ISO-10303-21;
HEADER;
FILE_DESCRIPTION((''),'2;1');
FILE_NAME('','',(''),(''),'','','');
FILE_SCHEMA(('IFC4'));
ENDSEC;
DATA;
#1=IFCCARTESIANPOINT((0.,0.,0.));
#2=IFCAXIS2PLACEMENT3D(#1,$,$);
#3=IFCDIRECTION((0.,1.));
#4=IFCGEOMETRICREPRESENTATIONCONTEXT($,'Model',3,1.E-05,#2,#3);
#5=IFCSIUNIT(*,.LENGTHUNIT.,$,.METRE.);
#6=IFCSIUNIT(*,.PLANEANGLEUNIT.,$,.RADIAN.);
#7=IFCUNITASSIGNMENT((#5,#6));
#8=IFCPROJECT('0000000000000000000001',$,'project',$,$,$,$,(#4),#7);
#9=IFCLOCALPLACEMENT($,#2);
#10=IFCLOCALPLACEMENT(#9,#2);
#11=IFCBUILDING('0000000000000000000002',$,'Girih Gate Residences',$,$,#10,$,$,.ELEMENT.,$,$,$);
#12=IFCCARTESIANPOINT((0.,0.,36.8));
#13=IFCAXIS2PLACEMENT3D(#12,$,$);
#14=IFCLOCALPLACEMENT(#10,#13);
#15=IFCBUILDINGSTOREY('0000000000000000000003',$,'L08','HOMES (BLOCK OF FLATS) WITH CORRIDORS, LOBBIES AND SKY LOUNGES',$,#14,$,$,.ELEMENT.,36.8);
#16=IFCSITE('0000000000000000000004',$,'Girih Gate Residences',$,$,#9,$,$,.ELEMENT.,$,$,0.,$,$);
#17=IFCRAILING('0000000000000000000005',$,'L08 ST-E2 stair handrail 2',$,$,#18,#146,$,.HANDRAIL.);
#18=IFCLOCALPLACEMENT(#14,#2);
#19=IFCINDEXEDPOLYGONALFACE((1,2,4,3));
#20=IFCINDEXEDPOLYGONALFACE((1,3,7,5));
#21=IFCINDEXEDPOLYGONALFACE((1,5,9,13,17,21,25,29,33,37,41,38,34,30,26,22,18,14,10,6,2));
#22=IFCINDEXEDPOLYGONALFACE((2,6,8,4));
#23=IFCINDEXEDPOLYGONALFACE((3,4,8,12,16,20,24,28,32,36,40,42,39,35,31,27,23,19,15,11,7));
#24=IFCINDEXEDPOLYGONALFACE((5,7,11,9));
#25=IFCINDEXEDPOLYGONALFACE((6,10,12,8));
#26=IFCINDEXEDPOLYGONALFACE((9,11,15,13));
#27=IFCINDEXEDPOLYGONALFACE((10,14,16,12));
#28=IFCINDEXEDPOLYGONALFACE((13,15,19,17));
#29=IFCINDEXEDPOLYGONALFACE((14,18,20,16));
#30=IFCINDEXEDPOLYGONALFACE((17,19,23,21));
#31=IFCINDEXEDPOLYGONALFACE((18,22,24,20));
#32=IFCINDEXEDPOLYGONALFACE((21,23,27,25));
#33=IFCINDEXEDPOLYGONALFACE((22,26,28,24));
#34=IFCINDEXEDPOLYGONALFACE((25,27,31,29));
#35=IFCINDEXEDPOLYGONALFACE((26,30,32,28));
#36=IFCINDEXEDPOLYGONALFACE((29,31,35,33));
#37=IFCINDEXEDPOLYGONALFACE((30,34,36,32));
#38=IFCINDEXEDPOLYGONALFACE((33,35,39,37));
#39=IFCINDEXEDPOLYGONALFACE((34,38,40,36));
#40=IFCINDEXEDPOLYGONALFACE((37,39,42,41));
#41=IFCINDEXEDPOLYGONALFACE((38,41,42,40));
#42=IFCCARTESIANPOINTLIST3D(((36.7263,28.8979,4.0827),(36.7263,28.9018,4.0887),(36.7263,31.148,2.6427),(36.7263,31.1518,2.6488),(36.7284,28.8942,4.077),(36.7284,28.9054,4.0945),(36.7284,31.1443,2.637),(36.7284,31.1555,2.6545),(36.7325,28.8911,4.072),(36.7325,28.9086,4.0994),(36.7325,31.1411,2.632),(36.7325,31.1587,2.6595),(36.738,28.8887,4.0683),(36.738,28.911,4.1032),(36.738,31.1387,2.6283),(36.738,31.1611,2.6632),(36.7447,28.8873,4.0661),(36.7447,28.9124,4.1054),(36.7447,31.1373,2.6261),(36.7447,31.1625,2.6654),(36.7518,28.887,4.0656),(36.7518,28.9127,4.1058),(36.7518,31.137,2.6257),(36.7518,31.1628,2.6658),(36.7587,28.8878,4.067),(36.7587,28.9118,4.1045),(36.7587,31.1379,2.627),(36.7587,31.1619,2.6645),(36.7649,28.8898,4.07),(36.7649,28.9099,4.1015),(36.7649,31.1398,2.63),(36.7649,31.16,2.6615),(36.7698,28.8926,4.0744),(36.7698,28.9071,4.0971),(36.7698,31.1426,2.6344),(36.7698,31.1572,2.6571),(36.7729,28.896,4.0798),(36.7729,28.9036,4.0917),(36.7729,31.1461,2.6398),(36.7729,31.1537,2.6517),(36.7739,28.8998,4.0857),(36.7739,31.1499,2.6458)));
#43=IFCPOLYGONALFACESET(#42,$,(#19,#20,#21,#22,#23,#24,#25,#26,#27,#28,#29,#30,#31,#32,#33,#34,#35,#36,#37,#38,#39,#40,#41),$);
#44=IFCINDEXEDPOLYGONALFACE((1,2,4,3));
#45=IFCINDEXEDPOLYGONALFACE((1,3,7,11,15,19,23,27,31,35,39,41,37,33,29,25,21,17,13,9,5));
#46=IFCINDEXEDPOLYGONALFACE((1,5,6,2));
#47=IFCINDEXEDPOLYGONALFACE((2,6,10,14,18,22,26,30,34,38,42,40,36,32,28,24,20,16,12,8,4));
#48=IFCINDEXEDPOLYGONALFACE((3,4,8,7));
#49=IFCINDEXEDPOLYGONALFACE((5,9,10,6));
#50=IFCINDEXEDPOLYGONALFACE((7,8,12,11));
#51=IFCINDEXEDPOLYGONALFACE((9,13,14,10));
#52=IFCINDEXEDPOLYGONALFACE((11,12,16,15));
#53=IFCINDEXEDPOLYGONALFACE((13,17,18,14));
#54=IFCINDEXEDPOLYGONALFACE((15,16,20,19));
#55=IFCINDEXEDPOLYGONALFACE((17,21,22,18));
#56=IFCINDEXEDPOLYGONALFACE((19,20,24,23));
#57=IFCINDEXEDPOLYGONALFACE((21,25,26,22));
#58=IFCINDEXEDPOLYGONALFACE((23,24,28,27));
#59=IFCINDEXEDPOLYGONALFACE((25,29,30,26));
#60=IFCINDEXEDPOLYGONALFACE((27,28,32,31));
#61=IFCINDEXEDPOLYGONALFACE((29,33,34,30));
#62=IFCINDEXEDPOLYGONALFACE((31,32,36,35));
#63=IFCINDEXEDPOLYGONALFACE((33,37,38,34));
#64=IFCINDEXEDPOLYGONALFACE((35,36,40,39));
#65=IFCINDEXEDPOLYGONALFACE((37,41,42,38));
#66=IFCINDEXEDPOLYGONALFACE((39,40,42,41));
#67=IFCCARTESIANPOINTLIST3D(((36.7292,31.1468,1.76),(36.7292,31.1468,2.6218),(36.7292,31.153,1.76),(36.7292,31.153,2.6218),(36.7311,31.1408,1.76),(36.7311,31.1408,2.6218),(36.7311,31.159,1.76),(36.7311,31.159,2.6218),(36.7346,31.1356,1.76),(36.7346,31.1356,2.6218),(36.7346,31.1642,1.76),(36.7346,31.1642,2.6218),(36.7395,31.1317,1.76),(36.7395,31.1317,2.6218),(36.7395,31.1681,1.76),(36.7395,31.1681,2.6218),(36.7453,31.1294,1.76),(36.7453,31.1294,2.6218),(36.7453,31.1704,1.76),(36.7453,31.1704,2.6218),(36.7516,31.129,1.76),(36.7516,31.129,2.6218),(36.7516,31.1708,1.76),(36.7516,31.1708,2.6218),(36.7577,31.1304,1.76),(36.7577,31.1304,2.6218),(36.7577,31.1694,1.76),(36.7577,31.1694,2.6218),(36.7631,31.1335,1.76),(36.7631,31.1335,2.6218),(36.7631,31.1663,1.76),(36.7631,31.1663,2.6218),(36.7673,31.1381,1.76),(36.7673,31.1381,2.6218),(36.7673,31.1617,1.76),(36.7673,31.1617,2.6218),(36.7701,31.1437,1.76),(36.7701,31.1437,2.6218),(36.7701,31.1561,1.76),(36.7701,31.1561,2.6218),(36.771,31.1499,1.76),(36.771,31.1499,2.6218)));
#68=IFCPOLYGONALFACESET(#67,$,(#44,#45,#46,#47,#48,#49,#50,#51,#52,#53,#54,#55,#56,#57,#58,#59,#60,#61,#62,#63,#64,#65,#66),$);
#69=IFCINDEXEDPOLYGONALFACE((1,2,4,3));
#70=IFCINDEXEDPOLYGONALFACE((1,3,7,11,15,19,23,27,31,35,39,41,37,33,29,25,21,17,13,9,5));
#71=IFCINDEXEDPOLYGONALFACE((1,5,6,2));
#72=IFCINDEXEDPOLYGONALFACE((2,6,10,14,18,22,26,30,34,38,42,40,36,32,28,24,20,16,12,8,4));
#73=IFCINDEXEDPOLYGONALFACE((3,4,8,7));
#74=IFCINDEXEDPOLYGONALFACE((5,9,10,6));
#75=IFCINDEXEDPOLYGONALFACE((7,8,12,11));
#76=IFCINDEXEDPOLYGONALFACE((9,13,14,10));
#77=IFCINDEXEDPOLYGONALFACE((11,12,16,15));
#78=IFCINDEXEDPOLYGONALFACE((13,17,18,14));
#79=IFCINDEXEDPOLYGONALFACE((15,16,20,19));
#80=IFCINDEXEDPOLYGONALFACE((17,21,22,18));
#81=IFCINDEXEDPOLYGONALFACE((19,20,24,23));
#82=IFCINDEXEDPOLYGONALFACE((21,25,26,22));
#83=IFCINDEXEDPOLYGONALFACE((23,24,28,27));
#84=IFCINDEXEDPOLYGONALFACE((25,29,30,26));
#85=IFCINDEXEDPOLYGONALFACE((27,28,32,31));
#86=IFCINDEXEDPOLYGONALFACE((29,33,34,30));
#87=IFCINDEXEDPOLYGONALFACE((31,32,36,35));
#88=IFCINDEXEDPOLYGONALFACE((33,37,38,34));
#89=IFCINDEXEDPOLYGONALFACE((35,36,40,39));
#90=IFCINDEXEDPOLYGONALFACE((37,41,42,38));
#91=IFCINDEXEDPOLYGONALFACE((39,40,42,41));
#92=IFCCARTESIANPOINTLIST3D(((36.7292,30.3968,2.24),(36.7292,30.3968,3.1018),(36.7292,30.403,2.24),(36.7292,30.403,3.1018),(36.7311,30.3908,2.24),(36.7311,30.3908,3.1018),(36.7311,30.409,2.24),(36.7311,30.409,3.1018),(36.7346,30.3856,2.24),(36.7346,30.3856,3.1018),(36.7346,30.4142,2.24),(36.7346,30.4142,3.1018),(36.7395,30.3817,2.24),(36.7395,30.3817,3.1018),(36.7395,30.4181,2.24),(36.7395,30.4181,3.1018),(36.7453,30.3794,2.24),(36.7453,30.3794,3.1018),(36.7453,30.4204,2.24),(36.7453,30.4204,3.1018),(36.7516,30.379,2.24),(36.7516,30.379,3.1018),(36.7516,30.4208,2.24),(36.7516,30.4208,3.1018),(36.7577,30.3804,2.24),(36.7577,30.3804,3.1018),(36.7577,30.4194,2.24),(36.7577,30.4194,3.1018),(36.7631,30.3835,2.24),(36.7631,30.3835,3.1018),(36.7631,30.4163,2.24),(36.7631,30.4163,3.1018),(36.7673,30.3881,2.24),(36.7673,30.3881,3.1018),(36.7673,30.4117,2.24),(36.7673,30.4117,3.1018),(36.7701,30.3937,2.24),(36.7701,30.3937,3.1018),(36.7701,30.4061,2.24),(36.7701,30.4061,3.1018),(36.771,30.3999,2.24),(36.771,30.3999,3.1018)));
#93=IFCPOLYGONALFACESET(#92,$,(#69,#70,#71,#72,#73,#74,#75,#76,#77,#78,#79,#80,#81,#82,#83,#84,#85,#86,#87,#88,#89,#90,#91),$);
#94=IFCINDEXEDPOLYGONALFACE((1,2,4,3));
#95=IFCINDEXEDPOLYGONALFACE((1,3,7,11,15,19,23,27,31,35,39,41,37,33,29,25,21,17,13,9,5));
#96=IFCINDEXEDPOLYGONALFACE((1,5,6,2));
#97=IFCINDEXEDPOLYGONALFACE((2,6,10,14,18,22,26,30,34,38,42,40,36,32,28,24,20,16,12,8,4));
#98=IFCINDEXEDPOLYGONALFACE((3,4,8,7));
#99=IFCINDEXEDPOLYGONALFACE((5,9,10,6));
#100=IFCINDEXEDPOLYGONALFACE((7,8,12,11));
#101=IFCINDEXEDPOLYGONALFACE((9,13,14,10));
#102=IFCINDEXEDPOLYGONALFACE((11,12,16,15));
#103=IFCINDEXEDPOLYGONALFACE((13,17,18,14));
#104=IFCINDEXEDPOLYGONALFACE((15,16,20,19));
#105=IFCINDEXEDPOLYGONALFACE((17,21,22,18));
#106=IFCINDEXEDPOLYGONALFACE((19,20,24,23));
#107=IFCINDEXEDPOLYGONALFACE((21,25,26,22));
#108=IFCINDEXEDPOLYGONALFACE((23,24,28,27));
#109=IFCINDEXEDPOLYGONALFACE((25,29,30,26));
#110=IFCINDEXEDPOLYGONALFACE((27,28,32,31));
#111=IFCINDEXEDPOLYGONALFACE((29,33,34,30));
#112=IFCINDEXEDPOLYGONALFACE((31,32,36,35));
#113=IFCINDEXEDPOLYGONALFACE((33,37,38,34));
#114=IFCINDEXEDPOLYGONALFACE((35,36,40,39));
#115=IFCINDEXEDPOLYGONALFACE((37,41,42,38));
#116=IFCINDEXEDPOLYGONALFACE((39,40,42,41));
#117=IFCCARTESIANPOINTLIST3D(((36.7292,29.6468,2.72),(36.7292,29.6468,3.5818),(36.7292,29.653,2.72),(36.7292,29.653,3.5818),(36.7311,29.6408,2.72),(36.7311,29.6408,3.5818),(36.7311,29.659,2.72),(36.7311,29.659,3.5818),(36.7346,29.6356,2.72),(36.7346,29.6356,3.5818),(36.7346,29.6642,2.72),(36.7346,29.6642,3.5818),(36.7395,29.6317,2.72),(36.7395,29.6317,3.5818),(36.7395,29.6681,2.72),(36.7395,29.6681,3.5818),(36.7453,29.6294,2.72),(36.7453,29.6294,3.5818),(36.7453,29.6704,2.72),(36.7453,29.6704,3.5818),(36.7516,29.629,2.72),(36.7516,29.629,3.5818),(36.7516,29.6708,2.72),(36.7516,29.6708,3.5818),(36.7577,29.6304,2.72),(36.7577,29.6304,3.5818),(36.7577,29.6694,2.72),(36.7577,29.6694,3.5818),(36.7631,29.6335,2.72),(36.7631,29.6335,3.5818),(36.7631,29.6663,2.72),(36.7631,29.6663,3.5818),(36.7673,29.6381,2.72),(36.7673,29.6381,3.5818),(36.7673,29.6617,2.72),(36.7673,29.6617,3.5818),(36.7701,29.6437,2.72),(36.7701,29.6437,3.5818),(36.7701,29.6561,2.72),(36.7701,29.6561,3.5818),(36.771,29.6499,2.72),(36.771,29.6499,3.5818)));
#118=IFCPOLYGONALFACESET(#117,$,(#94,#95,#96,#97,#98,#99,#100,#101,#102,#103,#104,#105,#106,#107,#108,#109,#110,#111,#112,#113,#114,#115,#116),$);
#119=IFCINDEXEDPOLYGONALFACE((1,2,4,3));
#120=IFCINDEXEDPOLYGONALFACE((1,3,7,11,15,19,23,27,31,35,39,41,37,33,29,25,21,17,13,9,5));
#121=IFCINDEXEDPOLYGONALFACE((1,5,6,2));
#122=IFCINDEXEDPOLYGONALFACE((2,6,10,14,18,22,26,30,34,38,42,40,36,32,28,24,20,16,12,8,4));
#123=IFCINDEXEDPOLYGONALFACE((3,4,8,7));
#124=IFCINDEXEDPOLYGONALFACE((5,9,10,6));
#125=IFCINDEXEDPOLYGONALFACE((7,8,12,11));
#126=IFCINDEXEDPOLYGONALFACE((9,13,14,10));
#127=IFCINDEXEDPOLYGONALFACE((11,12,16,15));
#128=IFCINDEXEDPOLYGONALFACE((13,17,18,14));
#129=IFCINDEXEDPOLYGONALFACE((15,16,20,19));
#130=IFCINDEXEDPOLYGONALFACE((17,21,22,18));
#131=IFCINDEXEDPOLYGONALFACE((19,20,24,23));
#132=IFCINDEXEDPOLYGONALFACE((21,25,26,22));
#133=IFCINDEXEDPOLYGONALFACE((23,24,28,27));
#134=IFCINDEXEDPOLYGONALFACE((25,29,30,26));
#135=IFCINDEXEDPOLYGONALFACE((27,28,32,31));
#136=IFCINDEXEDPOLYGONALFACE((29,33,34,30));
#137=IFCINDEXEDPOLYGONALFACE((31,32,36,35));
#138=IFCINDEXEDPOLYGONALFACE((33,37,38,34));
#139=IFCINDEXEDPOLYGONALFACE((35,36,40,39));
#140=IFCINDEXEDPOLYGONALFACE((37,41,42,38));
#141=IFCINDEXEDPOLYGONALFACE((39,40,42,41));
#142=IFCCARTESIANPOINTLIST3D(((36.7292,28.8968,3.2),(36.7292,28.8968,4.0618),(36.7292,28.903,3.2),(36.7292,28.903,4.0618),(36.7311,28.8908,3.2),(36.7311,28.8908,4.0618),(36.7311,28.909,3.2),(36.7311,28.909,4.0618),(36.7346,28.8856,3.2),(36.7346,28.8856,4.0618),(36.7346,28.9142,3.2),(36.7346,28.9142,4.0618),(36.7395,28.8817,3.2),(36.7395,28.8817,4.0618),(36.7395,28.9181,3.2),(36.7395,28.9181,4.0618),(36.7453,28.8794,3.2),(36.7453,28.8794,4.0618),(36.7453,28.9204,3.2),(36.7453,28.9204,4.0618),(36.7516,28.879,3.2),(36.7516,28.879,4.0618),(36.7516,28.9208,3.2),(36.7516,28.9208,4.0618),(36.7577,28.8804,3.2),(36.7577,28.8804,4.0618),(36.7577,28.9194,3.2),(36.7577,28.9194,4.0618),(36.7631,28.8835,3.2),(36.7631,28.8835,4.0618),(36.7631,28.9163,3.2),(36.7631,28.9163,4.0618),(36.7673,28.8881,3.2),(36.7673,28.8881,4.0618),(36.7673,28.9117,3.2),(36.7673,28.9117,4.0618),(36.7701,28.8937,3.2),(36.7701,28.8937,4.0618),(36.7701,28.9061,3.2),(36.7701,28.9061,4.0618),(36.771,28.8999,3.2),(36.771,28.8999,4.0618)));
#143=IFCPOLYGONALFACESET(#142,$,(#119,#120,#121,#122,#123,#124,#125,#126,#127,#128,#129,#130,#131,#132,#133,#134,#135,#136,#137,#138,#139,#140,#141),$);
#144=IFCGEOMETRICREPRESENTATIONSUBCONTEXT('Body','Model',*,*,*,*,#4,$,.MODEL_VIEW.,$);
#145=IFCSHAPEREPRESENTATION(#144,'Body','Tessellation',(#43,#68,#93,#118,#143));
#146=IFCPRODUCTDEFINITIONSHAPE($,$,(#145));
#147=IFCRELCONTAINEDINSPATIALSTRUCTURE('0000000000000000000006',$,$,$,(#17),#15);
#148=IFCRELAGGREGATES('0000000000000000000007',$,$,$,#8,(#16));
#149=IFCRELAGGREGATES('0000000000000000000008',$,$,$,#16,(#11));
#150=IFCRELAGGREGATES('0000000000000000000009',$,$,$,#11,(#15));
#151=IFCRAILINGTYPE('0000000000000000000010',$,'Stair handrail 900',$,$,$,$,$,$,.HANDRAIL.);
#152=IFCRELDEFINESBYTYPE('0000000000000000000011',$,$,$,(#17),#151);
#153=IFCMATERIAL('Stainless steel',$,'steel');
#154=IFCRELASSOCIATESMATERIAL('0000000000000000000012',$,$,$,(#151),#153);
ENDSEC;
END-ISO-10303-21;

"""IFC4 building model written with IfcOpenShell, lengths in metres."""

from ifc_helpers import new_model, si_unit, direction, frame, origin, origin_2d, place, context, subcontext, project, spatial, circle, extrude, material, type_object, element, save


model = new_model("IFC4")

# Units and contexts
model_context = context("Model", 3, precision=1e-05, world=origin(), true_north=direction((0.0, 1.0)))
body_context = subcontext(model_context, "Body", "Model", "MODEL_VIEW")
ifc_project = project(units=[si_unit("LENGTHUNIT", "METRE"), si_unit("PLANEANGLEUNIT", "RADIAN")], contexts=[model_context])

# Site, building, storey
site_placement = place(None, origin())
site = spatial("IfcSite", under=ifc_project, at=site_placement, Name="Girih Gate Residences", CompositionType="ELEMENT", RefElevation=0.0)
building_placement = place(site_placement, origin())
building = spatial("IfcBuilding", under=site, at=building_placement, Name="Girih Gate Residences", CompositionType="ELEMENT")
storey_placement = place(building_placement, frame((0.0, 0.0, 36.8)))
storey = spatial("IfcBuildingStorey", under=building, at=storey_placement, Name="L08", Description="HOMES (BLOCK OF FLATS) WITH CORRIDORS, LOBBIES AND SKY LOUNGES", CompositionType="ELEMENT", Elevation=36.8)

# Shared definitions
ifc_material_1 = material(Name="Stainless steel", Category="steel")

# Railing
railing_type_1 = type_object("IfcRailingType", Name="Stair handrail 900", PredefinedType="HANDRAIL", material=ifc_material_1)
railing_1_placement = place(storey_placement, frame((36.75, 31.1499, 1.76)))
element("IfcRailing", 1, at=railing_1_placement, inside=storey, type_object=railing_type_1, Name="L08 ST-E2 stair handrail 2", PredefinedType="HANDRAIL", context=body_context, shape_type="SweptSolid", body=[
    extrude(circle(Radius=0.0239, at=origin_2d()), frame((0.0, 0.0, 0.8857), z_axis=(0.0, -0.842281, 0.539038), x_axis=(1.0, 0.0, 0.0)), (0.0, 0.0, 1.0), 2.6714),
    extrude(circle(Radius=0.021, at=origin_2d()), origin(), (0.0, 0.0, 1.0), 0.8618),
    extrude(circle(Radius=0.021, at=origin_2d()), frame((0.0, -0.75, 0.48)), (0.0, 0.0, 1.0), 0.8618),
    extrude(circle(Radius=0.021, at=origin_2d()), frame((0.0, -1.5, 0.96)), (0.0, 0.0, 1.0), 0.8618),
    extrude(circle(Radius=0.021, at=origin_2d()), frame((0.0, -2.25, 1.4399)), (0.0, 0.0, 1.0), 0.8618),
])

save(model, "model.ifc")
